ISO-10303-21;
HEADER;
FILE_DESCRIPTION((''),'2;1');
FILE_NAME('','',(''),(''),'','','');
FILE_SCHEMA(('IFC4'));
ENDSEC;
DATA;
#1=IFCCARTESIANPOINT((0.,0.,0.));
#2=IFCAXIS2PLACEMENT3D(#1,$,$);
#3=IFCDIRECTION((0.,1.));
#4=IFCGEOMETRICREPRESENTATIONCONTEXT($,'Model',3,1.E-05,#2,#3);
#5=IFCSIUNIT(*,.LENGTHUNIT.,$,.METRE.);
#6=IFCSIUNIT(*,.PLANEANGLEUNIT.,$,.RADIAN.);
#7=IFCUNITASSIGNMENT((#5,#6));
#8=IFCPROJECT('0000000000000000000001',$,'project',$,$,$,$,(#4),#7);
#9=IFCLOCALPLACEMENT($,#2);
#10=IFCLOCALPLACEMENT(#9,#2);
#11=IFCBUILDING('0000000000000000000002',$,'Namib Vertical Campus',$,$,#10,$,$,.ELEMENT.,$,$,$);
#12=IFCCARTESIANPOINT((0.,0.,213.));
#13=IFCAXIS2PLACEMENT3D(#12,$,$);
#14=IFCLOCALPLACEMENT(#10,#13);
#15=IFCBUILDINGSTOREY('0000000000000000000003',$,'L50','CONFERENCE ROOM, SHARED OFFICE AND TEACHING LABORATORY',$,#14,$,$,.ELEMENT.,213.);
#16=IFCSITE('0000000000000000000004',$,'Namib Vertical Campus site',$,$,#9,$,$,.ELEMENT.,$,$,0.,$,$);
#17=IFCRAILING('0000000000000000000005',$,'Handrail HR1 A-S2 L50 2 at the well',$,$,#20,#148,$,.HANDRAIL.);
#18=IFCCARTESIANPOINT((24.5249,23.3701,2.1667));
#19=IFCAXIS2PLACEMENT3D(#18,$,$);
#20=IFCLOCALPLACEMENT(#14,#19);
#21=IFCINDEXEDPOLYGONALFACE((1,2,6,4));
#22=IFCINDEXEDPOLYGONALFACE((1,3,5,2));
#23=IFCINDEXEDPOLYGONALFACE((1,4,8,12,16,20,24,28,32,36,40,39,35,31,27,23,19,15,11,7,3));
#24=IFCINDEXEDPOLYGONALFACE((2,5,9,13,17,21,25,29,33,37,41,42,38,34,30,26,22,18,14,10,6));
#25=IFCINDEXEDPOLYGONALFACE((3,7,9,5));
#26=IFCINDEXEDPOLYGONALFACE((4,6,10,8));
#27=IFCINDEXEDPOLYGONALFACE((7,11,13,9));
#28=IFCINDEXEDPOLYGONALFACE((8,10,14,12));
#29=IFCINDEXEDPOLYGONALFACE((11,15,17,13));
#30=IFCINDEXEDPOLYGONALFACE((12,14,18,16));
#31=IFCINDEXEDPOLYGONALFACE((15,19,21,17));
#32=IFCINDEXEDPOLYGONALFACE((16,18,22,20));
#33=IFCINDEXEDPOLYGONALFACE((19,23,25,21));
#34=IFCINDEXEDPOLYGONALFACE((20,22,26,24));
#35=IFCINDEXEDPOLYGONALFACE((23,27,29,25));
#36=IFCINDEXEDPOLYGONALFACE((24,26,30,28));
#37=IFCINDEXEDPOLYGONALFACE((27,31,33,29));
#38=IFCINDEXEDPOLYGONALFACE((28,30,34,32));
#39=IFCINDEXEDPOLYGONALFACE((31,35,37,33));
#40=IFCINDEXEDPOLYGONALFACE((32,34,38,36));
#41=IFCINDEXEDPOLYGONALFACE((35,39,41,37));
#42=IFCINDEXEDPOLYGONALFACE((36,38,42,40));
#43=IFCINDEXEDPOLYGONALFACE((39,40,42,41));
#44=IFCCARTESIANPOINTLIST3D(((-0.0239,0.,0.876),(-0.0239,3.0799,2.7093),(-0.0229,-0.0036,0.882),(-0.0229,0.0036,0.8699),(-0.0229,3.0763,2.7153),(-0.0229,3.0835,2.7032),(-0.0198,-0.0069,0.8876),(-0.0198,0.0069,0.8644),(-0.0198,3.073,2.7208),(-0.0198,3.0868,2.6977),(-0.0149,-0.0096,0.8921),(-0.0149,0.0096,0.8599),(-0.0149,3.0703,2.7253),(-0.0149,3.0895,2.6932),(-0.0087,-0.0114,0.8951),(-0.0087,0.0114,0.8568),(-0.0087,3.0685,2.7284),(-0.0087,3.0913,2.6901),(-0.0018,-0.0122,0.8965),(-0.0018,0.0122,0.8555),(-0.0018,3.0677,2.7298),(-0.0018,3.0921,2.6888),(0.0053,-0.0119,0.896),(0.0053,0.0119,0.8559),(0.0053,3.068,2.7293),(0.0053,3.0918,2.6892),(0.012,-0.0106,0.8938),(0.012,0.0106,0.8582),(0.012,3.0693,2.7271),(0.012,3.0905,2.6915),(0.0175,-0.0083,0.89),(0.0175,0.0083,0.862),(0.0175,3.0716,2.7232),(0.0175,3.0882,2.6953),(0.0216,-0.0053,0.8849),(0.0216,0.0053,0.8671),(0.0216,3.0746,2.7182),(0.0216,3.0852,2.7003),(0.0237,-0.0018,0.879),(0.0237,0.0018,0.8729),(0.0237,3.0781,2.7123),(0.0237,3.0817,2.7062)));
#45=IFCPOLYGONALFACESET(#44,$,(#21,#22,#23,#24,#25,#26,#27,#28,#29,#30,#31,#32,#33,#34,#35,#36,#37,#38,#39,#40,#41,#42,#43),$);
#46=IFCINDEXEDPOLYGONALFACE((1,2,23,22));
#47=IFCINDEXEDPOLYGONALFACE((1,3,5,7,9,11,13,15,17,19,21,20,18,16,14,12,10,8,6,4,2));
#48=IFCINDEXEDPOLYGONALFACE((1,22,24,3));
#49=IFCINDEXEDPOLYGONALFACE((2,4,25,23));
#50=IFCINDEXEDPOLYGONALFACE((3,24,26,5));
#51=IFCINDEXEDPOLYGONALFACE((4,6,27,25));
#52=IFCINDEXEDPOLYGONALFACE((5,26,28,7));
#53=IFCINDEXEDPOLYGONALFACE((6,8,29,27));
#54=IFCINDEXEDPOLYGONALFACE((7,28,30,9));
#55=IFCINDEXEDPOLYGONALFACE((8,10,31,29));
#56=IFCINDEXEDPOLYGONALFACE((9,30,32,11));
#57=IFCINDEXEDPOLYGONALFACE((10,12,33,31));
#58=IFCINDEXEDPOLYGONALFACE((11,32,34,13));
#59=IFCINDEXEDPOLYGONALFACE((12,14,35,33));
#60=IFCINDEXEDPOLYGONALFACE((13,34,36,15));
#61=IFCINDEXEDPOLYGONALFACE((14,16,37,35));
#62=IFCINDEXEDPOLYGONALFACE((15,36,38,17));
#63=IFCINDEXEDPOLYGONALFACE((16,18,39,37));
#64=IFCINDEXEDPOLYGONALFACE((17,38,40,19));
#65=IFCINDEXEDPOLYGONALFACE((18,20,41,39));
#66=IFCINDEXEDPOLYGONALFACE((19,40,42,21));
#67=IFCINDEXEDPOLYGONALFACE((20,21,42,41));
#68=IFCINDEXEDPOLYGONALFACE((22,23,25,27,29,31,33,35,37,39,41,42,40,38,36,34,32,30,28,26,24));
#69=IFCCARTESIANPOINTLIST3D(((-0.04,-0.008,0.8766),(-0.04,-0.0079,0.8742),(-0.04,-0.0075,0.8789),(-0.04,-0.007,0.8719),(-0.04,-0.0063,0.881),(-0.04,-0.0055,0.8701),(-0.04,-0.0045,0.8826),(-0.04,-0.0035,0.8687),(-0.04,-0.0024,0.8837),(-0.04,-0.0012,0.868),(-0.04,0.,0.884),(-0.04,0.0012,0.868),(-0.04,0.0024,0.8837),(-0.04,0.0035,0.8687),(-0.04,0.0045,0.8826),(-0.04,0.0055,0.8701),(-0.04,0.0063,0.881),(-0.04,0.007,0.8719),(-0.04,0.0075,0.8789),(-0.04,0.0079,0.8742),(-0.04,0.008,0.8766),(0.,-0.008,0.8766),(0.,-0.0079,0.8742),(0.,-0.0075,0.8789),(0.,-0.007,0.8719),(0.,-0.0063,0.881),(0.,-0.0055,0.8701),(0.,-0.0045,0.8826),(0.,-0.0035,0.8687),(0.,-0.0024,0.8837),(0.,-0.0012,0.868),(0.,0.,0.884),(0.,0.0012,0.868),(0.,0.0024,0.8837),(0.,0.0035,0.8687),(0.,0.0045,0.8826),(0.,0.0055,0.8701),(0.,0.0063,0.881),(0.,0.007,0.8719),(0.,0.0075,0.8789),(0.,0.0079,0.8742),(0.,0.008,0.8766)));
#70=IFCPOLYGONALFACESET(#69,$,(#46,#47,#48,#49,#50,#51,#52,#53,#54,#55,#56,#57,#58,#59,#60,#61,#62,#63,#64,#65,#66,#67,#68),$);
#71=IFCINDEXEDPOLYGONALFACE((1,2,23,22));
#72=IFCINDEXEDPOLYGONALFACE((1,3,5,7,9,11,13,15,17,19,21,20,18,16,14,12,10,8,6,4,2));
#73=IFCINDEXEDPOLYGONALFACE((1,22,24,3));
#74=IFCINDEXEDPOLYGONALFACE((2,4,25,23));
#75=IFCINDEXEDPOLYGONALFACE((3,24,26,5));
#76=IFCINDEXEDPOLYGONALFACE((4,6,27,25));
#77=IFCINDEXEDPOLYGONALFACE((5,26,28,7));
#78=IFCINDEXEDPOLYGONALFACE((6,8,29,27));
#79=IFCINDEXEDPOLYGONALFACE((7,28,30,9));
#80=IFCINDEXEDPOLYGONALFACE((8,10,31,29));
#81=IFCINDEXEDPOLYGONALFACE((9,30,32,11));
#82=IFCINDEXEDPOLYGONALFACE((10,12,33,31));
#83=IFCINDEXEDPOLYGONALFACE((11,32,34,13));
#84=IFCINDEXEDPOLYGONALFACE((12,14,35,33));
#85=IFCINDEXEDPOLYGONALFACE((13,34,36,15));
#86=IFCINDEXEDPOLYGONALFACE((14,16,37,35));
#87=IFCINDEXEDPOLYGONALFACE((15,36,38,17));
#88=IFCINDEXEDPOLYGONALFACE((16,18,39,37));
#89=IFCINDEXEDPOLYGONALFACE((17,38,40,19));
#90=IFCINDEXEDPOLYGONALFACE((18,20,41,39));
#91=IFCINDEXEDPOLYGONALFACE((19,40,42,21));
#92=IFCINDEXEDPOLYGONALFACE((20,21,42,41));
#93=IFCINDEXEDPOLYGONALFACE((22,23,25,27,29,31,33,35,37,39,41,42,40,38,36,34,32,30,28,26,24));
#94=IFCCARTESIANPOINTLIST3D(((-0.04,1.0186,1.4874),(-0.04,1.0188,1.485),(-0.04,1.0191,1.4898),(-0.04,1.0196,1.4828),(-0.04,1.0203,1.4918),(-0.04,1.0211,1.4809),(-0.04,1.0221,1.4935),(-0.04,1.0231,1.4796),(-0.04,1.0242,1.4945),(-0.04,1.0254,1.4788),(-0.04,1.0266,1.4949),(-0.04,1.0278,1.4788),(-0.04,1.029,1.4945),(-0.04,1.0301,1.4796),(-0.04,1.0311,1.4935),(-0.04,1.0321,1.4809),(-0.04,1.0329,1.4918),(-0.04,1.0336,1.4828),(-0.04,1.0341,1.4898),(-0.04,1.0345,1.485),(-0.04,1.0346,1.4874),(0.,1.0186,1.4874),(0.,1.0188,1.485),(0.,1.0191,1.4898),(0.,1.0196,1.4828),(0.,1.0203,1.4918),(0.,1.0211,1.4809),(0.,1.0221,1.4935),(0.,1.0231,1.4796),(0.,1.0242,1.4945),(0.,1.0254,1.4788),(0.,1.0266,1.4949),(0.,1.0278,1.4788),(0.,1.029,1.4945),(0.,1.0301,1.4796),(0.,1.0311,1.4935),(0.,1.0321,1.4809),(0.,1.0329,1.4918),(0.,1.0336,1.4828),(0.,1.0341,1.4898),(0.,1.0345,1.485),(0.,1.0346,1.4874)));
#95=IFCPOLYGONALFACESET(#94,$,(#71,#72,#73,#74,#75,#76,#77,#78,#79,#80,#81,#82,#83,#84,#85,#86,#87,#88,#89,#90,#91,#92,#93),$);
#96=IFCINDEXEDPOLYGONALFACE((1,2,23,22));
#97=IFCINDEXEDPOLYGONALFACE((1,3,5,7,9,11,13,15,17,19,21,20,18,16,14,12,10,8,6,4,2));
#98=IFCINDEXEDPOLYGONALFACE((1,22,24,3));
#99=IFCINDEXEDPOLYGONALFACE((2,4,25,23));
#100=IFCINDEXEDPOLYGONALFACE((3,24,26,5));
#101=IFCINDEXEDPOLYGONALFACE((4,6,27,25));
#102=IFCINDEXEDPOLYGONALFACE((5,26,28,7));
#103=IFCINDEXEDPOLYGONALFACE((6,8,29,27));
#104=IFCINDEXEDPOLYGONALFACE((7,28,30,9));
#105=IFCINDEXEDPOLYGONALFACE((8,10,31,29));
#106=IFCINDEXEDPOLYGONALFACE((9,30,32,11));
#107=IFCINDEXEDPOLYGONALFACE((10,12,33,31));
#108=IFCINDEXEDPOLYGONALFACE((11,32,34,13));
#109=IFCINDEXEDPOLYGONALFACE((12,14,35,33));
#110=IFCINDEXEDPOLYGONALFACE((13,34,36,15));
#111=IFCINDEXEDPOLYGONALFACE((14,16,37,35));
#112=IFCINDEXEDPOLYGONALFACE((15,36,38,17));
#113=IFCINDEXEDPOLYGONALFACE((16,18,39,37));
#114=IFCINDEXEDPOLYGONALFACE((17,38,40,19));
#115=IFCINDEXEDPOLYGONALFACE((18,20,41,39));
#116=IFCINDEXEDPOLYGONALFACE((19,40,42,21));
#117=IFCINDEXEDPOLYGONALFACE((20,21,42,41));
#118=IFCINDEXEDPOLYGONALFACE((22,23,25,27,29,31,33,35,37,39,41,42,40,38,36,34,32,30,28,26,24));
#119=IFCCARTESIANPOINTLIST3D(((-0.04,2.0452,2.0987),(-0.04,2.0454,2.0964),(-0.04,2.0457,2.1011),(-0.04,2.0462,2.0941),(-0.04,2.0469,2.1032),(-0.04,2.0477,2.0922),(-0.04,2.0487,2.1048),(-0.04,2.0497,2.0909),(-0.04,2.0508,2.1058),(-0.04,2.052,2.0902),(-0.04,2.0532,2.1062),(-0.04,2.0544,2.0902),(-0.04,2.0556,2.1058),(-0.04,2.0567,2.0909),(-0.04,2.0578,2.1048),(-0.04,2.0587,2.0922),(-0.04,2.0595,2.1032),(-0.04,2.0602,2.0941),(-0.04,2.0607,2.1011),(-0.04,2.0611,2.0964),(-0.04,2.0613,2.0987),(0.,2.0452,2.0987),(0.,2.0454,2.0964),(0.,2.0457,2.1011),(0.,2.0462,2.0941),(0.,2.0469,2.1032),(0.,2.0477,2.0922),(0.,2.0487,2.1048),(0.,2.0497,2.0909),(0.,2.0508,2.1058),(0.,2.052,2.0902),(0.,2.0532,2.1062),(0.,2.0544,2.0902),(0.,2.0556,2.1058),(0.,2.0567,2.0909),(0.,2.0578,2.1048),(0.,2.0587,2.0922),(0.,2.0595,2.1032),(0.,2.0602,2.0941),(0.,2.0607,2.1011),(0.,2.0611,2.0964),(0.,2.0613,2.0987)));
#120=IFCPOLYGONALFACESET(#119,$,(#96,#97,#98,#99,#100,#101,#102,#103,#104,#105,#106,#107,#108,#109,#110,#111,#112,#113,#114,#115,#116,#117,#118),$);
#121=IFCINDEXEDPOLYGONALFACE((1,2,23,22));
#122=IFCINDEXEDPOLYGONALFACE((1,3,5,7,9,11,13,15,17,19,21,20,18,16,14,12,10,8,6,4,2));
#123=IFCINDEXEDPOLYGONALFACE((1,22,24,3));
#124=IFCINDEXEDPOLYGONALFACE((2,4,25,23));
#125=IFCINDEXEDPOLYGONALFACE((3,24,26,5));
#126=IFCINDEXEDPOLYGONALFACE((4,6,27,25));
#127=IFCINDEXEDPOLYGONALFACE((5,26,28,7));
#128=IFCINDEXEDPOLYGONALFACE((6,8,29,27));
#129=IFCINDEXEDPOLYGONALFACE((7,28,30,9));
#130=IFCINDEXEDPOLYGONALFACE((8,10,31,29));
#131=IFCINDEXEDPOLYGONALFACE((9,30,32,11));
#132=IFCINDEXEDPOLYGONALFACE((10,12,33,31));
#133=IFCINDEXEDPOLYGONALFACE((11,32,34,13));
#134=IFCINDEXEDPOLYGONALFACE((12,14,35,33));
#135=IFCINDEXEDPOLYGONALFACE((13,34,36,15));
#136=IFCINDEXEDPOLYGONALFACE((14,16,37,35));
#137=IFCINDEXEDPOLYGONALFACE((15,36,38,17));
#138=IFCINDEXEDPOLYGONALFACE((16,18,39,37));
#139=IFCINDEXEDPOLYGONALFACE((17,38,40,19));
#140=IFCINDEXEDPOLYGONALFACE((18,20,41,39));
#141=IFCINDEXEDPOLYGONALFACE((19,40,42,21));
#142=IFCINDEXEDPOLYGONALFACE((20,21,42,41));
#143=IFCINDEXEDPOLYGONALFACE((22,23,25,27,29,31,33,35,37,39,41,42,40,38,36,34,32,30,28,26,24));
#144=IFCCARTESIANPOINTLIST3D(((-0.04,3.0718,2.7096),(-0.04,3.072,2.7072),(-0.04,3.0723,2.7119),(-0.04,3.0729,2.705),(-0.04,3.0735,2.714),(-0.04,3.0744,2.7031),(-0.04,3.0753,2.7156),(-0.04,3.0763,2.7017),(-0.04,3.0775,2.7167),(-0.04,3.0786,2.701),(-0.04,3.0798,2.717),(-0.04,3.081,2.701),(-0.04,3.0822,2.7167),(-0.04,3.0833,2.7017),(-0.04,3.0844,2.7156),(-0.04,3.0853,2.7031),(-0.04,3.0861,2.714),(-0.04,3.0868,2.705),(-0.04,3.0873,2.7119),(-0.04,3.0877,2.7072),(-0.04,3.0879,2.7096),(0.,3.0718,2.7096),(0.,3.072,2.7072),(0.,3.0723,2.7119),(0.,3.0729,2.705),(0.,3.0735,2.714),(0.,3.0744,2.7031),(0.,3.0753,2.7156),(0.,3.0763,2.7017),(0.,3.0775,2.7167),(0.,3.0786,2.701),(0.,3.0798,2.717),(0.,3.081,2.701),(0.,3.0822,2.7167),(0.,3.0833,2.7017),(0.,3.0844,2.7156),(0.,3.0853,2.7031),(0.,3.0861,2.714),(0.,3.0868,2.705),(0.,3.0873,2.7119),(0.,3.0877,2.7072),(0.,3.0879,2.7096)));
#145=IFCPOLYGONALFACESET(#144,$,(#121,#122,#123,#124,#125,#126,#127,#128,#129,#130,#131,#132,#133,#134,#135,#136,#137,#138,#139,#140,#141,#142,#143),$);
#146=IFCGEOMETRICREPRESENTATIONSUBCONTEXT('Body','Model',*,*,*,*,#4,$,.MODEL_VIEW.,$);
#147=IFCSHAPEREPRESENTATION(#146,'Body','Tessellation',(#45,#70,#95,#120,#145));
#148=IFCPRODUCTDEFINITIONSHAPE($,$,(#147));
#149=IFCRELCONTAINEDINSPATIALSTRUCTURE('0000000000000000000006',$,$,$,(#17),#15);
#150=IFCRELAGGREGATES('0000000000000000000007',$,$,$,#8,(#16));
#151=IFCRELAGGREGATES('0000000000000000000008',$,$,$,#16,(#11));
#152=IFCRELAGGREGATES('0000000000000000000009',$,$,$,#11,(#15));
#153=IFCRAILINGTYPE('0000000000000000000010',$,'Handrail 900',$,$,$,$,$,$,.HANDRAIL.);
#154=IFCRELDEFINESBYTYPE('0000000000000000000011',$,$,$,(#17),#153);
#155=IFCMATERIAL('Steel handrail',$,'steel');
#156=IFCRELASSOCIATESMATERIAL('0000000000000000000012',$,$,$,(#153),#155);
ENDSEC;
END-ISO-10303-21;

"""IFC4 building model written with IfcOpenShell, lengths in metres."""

from ifc_helpers import new_model, si_unit, direction, frame, origin, origin_2d, place, context, subcontext, project, spatial, circle, extrude, material, type_object, element, save


model = new_model("IFC4")

# Units and contexts
model_context = context("Model", 3, precision=1e-05, world=origin(), true_north=direction((0.0, 1.0)))
body_context = subcontext(model_context, "Body", "Model", "MODEL_VIEW")
ifc_project = project(units=[si_unit("LENGTHUNIT", "METRE"), si_unit("PLANEANGLEUNIT", "RADIAN")], contexts=[model_context])

# Site, building, storey
site_placement = place(None, origin())
site = spatial("IfcSite", under=ifc_project, at=site_placement, Name="Namib Vertical Campus site", CompositionType="ELEMENT", RefElevation=0.0)
building_placement = place(site_placement, origin())
building = spatial("IfcBuilding", under=site, at=building_placement, Name="Namib Vertical Campus", CompositionType="ELEMENT")
storey_placement = place(building_placement, frame((0.0, 0.0, 213.0)))
storey = spatial("IfcBuildingStorey", under=building, at=storey_placement, Name="L50", Description="CONFERENCE ROOM, SHARED OFFICE AND TEACHING LABORATORY", CompositionType="ELEMENT", Elevation=213.0)

# Railing
ifc_material_1 = material(Name="Steel handrail", Category="steel")
railing_type_1 = type_object("IfcRailingType", Name="Handrail 900", PredefinedType="HANDRAIL", material=ifc_material_1)
railing_1_placement = place(storey_placement, frame((24.5249, 23.3701, 2.1667)))
element("IfcRailing", 1, at=railing_1_placement, inside=storey, type_object=railing_type_1, Name="Handrail HR1 A-S2 L50 2 at the well", PredefinedType="HANDRAIL", context=body_context, shape_type="SweptSolid", body=[
    extrude(circle(Radius=0.0239, at=origin_2d()), frame((0.0, 0.0, 0.876), z_axis=(0.0, 0.859291, 0.511487), x_axis=(-1.0, 0.0, 0.0)), (0.0, 0.0, 1.0), 3.5842),
    extrude(circle(Radius=0.0081, at=origin_2d()), frame((0.0, 0.0, 0.876), z_axis=(-1.0, 0.0, 0.0), x_axis=(0.0, 0.0, 1.0)), (0.0, 0.0, 1.0), 0.04),
    extrude(circle(Radius=0.0081, at=origin_2d()), frame((0.0, 1.0266, 1.4868), z_axis=(-1.0, 0.0, 0.0), x_axis=(0.0, 0.0, 1.0)), (0.0, 0.0, 1.0), 0.04),
    extrude(circle(Radius=0.0081, at=origin_2d()), frame((0.0, 2.0532, 2.0981), z_axis=(-1.0, 0.0, 0.0), x_axis=(0.0, 0.0, 1.0)), (0.0, 0.0, 1.0), 0.04),
    extrude(circle(Radius=0.0081, at=origin_2d()), frame((0.0, 3.0798, 2.709), z_axis=(-1.0, 0.0, 0.0), x_axis=(0.0, 0.0, 1.0)), (0.0, 0.0, 1.0), 0.04),
])

save(model, "model.ifc")
